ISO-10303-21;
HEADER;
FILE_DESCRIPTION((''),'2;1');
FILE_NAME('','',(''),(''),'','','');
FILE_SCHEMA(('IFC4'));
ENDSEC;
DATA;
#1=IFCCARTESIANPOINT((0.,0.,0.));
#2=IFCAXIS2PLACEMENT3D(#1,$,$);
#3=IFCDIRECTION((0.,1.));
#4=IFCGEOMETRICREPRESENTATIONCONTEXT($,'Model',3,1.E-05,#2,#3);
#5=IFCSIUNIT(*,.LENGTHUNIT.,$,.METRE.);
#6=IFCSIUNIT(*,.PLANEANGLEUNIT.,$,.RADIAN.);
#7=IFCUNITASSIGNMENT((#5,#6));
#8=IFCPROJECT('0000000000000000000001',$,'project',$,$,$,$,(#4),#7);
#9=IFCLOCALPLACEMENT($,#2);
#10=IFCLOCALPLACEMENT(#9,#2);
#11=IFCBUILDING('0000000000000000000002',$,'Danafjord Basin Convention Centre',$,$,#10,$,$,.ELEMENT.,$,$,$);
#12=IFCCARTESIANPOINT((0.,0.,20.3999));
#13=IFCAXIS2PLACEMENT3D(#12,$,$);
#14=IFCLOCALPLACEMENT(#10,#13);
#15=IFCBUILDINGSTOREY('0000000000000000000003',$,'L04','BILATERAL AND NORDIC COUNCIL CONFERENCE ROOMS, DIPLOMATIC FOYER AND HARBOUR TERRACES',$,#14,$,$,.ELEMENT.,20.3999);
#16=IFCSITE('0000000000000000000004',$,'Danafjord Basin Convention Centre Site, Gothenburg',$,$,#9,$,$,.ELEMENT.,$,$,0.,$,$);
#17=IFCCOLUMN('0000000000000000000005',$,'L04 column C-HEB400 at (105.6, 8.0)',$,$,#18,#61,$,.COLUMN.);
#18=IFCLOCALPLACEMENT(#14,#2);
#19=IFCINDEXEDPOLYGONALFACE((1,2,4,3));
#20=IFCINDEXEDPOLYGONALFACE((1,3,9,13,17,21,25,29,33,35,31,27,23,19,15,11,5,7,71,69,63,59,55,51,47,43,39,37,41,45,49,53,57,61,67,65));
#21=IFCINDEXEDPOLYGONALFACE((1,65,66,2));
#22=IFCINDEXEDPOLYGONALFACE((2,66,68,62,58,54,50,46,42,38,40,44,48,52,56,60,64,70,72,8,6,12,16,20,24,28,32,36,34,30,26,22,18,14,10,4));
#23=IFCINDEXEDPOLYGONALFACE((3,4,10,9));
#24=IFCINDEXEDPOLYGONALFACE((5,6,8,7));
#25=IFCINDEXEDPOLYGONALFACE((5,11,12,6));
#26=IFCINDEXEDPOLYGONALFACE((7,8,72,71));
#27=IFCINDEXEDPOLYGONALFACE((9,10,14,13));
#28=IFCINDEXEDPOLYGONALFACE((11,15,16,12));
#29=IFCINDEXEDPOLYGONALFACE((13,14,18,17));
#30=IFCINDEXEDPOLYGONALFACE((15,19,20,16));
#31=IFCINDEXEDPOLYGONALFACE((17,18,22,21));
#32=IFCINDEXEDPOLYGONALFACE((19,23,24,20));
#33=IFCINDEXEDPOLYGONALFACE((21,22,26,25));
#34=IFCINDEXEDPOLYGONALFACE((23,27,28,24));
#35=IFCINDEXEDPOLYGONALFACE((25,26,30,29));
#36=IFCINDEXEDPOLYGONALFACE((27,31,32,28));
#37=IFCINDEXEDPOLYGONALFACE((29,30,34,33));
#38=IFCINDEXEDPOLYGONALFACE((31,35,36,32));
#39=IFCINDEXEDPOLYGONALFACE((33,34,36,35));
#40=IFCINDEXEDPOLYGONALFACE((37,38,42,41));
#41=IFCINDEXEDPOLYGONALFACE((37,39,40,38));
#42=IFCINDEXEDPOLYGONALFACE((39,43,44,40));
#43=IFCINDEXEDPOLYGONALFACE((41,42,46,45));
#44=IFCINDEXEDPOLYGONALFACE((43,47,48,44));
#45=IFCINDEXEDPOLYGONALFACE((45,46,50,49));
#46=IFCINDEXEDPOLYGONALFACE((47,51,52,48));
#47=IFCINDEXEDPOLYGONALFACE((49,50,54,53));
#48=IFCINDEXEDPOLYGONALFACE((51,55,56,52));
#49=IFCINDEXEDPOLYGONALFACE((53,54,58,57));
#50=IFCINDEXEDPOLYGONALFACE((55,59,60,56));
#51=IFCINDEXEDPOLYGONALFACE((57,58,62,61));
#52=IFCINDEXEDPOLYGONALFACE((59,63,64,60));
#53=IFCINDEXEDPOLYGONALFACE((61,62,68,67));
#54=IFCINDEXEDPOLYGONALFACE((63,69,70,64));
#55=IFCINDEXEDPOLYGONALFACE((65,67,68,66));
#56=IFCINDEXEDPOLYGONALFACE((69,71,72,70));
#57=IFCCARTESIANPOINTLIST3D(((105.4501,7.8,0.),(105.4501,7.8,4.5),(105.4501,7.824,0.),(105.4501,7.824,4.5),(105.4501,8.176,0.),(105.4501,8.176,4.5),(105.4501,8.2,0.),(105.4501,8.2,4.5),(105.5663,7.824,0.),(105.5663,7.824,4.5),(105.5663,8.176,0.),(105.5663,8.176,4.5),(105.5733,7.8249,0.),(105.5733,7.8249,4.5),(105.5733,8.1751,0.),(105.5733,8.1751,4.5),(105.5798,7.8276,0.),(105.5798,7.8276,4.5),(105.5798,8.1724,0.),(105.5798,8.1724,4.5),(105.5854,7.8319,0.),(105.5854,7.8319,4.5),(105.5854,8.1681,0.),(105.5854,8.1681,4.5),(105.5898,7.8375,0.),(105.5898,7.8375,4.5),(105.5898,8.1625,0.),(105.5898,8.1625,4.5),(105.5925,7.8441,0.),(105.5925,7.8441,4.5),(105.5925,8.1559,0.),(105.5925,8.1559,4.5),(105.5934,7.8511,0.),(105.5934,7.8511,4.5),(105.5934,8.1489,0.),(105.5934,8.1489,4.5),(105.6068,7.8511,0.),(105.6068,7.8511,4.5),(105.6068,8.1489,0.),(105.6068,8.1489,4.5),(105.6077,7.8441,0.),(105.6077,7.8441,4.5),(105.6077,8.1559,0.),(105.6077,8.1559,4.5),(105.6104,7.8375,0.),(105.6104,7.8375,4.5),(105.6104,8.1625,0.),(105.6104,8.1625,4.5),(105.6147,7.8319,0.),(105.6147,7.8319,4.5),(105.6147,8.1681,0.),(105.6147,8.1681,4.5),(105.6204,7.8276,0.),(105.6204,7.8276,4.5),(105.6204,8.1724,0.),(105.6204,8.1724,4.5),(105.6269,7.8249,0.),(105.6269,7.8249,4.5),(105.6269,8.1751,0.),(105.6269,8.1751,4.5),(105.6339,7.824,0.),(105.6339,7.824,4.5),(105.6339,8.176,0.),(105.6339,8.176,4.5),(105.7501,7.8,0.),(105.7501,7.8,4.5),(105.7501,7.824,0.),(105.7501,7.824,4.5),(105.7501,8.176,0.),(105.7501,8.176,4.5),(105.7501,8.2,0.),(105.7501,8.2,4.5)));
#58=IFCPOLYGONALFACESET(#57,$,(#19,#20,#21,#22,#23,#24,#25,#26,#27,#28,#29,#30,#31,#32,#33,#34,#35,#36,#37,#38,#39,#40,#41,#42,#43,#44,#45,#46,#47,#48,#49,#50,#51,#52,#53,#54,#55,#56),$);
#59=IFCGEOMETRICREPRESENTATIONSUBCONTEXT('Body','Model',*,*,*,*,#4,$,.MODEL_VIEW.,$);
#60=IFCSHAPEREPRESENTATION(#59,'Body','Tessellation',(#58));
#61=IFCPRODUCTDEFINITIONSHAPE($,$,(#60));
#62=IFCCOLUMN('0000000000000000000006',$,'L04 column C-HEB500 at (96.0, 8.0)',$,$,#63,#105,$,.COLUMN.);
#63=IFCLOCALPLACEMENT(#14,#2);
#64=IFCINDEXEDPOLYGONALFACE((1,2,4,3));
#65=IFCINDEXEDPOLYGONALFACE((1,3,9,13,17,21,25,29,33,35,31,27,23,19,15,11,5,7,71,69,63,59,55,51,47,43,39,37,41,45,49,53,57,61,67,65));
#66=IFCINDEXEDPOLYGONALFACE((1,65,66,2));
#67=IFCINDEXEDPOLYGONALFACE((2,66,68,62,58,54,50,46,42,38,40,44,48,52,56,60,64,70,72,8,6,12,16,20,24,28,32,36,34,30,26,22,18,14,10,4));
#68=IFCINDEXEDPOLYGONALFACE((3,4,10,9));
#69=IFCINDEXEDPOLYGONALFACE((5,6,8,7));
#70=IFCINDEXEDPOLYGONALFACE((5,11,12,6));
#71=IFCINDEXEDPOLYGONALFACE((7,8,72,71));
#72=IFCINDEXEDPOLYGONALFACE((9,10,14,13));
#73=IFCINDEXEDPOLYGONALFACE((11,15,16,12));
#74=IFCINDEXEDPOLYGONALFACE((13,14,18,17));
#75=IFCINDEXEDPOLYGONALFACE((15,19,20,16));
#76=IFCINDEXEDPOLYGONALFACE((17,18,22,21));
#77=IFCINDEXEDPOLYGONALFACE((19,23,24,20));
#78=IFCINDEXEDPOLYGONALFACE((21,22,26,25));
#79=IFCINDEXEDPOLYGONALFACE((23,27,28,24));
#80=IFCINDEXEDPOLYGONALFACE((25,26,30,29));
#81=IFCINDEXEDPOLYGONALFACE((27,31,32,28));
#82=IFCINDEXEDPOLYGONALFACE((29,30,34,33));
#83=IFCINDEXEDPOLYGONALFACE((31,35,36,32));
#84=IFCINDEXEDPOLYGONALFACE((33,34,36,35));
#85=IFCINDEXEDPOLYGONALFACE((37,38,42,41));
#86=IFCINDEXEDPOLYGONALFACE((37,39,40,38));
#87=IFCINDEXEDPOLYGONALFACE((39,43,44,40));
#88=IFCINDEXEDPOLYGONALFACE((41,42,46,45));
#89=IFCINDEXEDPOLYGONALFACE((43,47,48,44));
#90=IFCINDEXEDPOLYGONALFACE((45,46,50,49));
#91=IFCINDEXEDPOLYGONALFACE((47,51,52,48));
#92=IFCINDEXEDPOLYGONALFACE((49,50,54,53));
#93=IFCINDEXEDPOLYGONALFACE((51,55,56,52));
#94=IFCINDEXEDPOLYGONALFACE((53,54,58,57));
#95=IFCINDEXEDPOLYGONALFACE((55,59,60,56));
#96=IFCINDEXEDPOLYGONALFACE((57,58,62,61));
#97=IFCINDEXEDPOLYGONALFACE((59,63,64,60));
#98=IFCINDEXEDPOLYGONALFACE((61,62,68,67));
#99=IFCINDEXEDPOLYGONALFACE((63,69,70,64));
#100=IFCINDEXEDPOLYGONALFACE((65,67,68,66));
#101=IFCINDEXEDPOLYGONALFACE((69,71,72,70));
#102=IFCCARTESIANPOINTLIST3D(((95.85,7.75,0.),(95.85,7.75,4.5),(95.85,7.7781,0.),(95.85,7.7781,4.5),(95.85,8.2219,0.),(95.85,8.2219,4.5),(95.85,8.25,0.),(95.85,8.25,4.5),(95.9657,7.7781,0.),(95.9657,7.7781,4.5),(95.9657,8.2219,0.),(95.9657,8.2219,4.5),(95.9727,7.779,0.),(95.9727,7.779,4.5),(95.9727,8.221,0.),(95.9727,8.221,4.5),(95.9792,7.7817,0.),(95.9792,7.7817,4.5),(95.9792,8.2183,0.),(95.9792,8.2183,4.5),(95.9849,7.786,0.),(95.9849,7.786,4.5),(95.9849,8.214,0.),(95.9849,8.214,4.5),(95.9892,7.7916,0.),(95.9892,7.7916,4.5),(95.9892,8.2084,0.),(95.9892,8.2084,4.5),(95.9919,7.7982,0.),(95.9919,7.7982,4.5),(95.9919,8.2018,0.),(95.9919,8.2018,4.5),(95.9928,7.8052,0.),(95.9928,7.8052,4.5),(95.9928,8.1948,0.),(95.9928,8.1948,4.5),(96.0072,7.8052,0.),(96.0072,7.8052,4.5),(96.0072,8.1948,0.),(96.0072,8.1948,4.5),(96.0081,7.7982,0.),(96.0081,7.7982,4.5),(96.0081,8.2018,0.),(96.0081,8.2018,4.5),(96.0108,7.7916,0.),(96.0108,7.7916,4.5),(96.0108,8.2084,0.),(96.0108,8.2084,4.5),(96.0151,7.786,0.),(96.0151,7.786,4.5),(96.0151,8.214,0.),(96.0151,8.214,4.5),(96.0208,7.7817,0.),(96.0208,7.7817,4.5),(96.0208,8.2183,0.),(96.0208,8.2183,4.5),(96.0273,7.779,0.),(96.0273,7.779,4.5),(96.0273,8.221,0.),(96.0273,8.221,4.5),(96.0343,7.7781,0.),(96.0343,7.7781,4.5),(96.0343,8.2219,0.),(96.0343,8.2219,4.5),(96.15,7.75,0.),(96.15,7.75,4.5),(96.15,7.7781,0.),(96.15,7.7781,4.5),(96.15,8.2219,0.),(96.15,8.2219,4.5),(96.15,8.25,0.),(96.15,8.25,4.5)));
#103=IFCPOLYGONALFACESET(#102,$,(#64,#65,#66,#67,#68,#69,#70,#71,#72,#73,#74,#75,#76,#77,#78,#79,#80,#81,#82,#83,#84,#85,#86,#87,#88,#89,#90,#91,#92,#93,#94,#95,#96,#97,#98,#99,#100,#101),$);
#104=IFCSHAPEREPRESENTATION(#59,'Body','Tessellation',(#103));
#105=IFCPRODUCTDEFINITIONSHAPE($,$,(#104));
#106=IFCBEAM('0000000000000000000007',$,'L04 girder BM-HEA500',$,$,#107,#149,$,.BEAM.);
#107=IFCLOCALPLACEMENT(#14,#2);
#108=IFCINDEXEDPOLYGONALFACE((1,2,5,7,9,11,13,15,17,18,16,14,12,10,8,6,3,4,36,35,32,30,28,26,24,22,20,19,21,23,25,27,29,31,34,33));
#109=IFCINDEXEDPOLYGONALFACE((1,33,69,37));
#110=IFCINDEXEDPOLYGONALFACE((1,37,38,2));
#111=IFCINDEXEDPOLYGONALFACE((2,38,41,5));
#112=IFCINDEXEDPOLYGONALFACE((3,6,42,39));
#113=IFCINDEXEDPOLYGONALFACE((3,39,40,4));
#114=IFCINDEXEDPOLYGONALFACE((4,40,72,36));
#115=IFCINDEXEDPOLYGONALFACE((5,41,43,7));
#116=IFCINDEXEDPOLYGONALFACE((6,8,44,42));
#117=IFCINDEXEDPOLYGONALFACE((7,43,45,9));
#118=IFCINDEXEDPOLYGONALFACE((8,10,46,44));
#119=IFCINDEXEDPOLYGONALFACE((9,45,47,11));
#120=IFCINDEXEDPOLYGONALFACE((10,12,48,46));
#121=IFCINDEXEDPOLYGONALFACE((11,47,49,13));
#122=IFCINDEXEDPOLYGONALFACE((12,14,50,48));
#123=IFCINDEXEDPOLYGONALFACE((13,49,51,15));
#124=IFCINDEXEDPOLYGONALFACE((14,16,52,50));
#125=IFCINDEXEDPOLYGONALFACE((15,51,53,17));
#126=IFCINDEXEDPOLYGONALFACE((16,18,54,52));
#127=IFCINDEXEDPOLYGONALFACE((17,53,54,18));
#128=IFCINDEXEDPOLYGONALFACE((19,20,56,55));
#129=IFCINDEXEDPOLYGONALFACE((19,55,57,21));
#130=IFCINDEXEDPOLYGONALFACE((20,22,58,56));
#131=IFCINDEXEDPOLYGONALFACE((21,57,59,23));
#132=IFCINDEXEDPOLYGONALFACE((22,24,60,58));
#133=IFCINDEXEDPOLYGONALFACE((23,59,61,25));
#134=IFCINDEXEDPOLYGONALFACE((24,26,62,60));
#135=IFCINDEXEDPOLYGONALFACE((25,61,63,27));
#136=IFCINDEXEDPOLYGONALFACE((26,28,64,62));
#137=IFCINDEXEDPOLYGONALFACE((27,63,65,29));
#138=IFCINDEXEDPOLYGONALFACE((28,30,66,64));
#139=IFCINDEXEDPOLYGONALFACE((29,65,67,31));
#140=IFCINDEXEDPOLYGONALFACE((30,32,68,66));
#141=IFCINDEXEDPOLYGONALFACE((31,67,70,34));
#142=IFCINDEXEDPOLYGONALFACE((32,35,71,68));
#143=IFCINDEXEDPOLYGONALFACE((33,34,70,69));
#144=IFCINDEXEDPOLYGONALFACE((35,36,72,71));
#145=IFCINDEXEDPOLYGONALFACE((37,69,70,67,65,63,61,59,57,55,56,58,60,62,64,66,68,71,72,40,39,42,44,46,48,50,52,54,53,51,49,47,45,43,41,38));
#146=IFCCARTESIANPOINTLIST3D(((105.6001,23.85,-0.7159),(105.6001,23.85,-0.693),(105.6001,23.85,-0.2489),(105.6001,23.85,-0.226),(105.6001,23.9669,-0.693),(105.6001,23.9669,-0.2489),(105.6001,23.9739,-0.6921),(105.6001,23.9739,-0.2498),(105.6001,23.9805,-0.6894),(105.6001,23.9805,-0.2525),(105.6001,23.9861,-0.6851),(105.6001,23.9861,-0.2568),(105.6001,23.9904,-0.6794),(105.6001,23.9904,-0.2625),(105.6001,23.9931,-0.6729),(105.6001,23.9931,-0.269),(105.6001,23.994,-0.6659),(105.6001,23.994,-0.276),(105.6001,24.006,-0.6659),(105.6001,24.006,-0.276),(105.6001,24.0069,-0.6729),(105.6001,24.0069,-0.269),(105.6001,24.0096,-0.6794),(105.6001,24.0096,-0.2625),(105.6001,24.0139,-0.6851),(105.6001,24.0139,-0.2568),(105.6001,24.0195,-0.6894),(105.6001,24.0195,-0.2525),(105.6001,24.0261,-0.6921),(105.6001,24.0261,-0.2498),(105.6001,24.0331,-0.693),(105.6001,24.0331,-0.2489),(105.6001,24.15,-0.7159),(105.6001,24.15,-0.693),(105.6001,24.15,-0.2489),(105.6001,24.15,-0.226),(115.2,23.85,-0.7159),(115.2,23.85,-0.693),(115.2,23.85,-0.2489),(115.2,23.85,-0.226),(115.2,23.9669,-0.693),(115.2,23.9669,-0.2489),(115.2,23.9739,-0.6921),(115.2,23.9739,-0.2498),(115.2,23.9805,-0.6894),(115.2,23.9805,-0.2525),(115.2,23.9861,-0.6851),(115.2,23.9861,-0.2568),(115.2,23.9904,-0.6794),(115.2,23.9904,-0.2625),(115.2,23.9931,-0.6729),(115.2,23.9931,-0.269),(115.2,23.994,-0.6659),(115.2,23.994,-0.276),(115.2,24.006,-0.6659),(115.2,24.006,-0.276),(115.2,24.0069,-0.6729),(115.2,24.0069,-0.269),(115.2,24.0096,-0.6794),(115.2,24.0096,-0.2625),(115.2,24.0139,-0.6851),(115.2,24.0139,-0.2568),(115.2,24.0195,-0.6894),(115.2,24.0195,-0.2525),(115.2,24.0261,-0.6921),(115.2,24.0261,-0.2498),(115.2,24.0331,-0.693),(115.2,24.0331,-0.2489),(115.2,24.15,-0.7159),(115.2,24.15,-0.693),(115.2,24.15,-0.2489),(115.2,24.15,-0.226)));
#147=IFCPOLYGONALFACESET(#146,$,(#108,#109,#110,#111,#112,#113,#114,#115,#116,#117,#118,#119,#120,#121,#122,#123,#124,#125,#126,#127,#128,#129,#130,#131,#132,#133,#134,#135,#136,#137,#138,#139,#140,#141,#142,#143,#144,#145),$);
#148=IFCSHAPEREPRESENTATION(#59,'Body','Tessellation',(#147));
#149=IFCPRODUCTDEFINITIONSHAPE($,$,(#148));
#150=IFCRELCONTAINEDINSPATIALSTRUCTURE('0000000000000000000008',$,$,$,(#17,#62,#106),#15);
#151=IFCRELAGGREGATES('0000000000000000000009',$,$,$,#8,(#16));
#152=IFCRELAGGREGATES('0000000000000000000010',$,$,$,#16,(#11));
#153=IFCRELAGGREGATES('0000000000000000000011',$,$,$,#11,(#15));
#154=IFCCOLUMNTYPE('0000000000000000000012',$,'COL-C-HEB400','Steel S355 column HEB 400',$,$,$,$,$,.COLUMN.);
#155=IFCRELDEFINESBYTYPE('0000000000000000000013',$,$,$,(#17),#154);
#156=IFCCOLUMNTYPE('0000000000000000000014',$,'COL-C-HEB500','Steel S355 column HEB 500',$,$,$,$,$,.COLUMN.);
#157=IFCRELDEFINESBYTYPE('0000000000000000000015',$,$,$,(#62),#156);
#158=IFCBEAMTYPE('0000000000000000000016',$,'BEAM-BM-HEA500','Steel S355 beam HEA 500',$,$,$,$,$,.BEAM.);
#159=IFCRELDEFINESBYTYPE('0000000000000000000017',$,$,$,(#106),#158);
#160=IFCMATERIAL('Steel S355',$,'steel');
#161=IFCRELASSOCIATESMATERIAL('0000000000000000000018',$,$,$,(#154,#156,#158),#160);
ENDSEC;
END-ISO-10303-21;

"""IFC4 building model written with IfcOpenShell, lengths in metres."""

from ifc_helpers import new_model, si_unit, direction, frame, origin, origin_2d, place, context, subcontext, project, spatial, i_section, extrude, material, material_profile, profile_set, type_object, element, save


model = new_model("IFC4")

# Units and contexts
model_context = context("Model", 3, precision=1e-05, world=origin(), true_north=direction((0.0, 1.0)))
body_context = subcontext(model_context, "Body", "Model", "MODEL_VIEW")
ifc_project = project(units=[si_unit("LENGTHUNIT", "METRE"), si_unit("PLANEANGLEUNIT", "RADIAN")], contexts=[model_context])

# Site, building, storey
site_placement = place(None, origin())
site = spatial("IfcSite", under=ifc_project, at=site_placement, Name="Danafjord Basin Convention Centre Site, Gothenburg", CompositionType="ELEMENT", RefElevation=0.0)
building_placement = place(site_placement, origin())
building = spatial("IfcBuilding", under=site, at=building_placement, Name="Danafjord Basin Convention Centre", CompositionType="ELEMENT")
storey_placement = place(building_placement, frame((0.0, 0.0, 20.3999)))
storey = spatial("IfcBuildingStorey", under=building, at=storey_placement, Name="L04", Description="BILATERAL AND NORDIC COUNCIL CONFERENCE ROOMS, DIPLOMATIC FOYER AND HARBOUR TERRACES", CompositionType="ELEMENT", Elevation=20.3999)

# Columns
ifc_material_1 = material(Name="Steel S355", Category="steel")
ifc_material_profile_1 = material_profile(ifc_material_1, i_section(OverallWidth=0.3, OverallDepth=0.3999, WebThickness=0.0134, FlangeThickness=0.0239, FilletRadius=0.0271, at=origin_2d()), Name="HEB 400")
ifc_profile_set_1 = profile_set([ifc_material_profile_1], Name="Steel S355")
column_type_1 = type_object("IfcColumnType", Name="COL-C-HEB400", Description="Steel S355 column HEB 400", PredefinedType="COLUMN", material=ifc_profile_set_1)
for number, where, z_axis, x_axis, name in (
    (1, (105.6001, 8.0, 0.0), (0.0, 0.0, 1.0), (1.0, 0.0, 0.0), "L04 column C-HEB400 at (105.6, 8.0)"),
):
    element("IfcColumn", number, at=place(storey_placement, frame(where, z_axis=z_axis, x_axis=x_axis)), inside=storey, type_object=column_type_1, Name=name, PredefinedType="COLUMN", context=body_context, shape_type="SweptSolid", body=[
        extrude(i_section(OverallWidth=0.3, OverallDepth=0.3999, WebThickness=0.0134, FlangeThickness=0.0239, FilletRadius=0.0271, at=origin_2d()), origin(), (0.0, 0.0, 1.0), 4.5),
    ])
ifc_material_profile_2 = material_profile(ifc_material_1, i_section(OverallWidth=0.3, OverallDepth=0.5, WebThickness=0.0144, FlangeThickness=0.0281, FilletRadius=0.0271, at=origin_2d()), Name="HEB 500")
ifc_profile_set_2 = profile_set([ifc_material_profile_2], Name="Steel S355")
column_type_2 = type_object("IfcColumnType", Name="COL-C-HEB500", Description="Steel S355 column HEB 500", PredefinedType="COLUMN", material=ifc_profile_set_2)
column_1_placement = place(storey_placement, frame((96.0, 8.0, 0.0), z_axis=(0.0, 0.0, 1.0), x_axis=(1.0, 0.0, 0.0)))
element("IfcColumn", 2, at=column_1_placement, inside=storey, type_object=column_type_2, Name="L04 column C-HEB500 at (96.0, 8.0)", PredefinedType="COLUMN", context=body_context, shape_type="SweptSolid", body=[
    extrude(i_section(OverallWidth=0.3, OverallDepth=0.5, WebThickness=0.0144, FlangeThickness=0.0281, FilletRadius=0.0271, at=origin_2d()), origin(), (0.0, 0.0, 1.0), 4.5),
])

# Beam
ifc_material_profile_3 = material_profile(ifc_material_1, i_section(OverallWidth=0.3, OverallDepth=0.49, WebThickness=0.012, FlangeThickness=0.0229, FilletRadius=0.0271, at=origin_2d()), Name="HEA 500")
ifc_profile_set_3 = profile_set([ifc_material_profile_3], Name="Steel S355")
beam_type_1 = type_object("IfcBeamType", Name="BEAM-BM-HEA500", Description="Steel S355 beam HEA 500", PredefinedType="BEAM", material=ifc_profile_set_3)
beam_1_placement = place(storey_placement, frame((105.6001, 24.0, -0.4709), z_axis=(1.0, 0.0, 0.0), x_axis=(0.0, 1.0, 0.0)))
element("IfcBeam", 3, at=beam_1_placement, inside=storey, type_object=beam_type_1, Name="L04 girder BM-HEA500", PredefinedType="BEAM", context=body_context, shape_type="SweptSolid", body=[
    extrude(i_section(OverallWidth=0.3, OverallDepth=0.49, WebThickness=0.012, FlangeThickness=0.0229, FilletRadius=0.0271, at=origin_2d()), origin(), (0.0, 0.0, 1.0), 9.5999),
])

save(model, "model.ifc")
